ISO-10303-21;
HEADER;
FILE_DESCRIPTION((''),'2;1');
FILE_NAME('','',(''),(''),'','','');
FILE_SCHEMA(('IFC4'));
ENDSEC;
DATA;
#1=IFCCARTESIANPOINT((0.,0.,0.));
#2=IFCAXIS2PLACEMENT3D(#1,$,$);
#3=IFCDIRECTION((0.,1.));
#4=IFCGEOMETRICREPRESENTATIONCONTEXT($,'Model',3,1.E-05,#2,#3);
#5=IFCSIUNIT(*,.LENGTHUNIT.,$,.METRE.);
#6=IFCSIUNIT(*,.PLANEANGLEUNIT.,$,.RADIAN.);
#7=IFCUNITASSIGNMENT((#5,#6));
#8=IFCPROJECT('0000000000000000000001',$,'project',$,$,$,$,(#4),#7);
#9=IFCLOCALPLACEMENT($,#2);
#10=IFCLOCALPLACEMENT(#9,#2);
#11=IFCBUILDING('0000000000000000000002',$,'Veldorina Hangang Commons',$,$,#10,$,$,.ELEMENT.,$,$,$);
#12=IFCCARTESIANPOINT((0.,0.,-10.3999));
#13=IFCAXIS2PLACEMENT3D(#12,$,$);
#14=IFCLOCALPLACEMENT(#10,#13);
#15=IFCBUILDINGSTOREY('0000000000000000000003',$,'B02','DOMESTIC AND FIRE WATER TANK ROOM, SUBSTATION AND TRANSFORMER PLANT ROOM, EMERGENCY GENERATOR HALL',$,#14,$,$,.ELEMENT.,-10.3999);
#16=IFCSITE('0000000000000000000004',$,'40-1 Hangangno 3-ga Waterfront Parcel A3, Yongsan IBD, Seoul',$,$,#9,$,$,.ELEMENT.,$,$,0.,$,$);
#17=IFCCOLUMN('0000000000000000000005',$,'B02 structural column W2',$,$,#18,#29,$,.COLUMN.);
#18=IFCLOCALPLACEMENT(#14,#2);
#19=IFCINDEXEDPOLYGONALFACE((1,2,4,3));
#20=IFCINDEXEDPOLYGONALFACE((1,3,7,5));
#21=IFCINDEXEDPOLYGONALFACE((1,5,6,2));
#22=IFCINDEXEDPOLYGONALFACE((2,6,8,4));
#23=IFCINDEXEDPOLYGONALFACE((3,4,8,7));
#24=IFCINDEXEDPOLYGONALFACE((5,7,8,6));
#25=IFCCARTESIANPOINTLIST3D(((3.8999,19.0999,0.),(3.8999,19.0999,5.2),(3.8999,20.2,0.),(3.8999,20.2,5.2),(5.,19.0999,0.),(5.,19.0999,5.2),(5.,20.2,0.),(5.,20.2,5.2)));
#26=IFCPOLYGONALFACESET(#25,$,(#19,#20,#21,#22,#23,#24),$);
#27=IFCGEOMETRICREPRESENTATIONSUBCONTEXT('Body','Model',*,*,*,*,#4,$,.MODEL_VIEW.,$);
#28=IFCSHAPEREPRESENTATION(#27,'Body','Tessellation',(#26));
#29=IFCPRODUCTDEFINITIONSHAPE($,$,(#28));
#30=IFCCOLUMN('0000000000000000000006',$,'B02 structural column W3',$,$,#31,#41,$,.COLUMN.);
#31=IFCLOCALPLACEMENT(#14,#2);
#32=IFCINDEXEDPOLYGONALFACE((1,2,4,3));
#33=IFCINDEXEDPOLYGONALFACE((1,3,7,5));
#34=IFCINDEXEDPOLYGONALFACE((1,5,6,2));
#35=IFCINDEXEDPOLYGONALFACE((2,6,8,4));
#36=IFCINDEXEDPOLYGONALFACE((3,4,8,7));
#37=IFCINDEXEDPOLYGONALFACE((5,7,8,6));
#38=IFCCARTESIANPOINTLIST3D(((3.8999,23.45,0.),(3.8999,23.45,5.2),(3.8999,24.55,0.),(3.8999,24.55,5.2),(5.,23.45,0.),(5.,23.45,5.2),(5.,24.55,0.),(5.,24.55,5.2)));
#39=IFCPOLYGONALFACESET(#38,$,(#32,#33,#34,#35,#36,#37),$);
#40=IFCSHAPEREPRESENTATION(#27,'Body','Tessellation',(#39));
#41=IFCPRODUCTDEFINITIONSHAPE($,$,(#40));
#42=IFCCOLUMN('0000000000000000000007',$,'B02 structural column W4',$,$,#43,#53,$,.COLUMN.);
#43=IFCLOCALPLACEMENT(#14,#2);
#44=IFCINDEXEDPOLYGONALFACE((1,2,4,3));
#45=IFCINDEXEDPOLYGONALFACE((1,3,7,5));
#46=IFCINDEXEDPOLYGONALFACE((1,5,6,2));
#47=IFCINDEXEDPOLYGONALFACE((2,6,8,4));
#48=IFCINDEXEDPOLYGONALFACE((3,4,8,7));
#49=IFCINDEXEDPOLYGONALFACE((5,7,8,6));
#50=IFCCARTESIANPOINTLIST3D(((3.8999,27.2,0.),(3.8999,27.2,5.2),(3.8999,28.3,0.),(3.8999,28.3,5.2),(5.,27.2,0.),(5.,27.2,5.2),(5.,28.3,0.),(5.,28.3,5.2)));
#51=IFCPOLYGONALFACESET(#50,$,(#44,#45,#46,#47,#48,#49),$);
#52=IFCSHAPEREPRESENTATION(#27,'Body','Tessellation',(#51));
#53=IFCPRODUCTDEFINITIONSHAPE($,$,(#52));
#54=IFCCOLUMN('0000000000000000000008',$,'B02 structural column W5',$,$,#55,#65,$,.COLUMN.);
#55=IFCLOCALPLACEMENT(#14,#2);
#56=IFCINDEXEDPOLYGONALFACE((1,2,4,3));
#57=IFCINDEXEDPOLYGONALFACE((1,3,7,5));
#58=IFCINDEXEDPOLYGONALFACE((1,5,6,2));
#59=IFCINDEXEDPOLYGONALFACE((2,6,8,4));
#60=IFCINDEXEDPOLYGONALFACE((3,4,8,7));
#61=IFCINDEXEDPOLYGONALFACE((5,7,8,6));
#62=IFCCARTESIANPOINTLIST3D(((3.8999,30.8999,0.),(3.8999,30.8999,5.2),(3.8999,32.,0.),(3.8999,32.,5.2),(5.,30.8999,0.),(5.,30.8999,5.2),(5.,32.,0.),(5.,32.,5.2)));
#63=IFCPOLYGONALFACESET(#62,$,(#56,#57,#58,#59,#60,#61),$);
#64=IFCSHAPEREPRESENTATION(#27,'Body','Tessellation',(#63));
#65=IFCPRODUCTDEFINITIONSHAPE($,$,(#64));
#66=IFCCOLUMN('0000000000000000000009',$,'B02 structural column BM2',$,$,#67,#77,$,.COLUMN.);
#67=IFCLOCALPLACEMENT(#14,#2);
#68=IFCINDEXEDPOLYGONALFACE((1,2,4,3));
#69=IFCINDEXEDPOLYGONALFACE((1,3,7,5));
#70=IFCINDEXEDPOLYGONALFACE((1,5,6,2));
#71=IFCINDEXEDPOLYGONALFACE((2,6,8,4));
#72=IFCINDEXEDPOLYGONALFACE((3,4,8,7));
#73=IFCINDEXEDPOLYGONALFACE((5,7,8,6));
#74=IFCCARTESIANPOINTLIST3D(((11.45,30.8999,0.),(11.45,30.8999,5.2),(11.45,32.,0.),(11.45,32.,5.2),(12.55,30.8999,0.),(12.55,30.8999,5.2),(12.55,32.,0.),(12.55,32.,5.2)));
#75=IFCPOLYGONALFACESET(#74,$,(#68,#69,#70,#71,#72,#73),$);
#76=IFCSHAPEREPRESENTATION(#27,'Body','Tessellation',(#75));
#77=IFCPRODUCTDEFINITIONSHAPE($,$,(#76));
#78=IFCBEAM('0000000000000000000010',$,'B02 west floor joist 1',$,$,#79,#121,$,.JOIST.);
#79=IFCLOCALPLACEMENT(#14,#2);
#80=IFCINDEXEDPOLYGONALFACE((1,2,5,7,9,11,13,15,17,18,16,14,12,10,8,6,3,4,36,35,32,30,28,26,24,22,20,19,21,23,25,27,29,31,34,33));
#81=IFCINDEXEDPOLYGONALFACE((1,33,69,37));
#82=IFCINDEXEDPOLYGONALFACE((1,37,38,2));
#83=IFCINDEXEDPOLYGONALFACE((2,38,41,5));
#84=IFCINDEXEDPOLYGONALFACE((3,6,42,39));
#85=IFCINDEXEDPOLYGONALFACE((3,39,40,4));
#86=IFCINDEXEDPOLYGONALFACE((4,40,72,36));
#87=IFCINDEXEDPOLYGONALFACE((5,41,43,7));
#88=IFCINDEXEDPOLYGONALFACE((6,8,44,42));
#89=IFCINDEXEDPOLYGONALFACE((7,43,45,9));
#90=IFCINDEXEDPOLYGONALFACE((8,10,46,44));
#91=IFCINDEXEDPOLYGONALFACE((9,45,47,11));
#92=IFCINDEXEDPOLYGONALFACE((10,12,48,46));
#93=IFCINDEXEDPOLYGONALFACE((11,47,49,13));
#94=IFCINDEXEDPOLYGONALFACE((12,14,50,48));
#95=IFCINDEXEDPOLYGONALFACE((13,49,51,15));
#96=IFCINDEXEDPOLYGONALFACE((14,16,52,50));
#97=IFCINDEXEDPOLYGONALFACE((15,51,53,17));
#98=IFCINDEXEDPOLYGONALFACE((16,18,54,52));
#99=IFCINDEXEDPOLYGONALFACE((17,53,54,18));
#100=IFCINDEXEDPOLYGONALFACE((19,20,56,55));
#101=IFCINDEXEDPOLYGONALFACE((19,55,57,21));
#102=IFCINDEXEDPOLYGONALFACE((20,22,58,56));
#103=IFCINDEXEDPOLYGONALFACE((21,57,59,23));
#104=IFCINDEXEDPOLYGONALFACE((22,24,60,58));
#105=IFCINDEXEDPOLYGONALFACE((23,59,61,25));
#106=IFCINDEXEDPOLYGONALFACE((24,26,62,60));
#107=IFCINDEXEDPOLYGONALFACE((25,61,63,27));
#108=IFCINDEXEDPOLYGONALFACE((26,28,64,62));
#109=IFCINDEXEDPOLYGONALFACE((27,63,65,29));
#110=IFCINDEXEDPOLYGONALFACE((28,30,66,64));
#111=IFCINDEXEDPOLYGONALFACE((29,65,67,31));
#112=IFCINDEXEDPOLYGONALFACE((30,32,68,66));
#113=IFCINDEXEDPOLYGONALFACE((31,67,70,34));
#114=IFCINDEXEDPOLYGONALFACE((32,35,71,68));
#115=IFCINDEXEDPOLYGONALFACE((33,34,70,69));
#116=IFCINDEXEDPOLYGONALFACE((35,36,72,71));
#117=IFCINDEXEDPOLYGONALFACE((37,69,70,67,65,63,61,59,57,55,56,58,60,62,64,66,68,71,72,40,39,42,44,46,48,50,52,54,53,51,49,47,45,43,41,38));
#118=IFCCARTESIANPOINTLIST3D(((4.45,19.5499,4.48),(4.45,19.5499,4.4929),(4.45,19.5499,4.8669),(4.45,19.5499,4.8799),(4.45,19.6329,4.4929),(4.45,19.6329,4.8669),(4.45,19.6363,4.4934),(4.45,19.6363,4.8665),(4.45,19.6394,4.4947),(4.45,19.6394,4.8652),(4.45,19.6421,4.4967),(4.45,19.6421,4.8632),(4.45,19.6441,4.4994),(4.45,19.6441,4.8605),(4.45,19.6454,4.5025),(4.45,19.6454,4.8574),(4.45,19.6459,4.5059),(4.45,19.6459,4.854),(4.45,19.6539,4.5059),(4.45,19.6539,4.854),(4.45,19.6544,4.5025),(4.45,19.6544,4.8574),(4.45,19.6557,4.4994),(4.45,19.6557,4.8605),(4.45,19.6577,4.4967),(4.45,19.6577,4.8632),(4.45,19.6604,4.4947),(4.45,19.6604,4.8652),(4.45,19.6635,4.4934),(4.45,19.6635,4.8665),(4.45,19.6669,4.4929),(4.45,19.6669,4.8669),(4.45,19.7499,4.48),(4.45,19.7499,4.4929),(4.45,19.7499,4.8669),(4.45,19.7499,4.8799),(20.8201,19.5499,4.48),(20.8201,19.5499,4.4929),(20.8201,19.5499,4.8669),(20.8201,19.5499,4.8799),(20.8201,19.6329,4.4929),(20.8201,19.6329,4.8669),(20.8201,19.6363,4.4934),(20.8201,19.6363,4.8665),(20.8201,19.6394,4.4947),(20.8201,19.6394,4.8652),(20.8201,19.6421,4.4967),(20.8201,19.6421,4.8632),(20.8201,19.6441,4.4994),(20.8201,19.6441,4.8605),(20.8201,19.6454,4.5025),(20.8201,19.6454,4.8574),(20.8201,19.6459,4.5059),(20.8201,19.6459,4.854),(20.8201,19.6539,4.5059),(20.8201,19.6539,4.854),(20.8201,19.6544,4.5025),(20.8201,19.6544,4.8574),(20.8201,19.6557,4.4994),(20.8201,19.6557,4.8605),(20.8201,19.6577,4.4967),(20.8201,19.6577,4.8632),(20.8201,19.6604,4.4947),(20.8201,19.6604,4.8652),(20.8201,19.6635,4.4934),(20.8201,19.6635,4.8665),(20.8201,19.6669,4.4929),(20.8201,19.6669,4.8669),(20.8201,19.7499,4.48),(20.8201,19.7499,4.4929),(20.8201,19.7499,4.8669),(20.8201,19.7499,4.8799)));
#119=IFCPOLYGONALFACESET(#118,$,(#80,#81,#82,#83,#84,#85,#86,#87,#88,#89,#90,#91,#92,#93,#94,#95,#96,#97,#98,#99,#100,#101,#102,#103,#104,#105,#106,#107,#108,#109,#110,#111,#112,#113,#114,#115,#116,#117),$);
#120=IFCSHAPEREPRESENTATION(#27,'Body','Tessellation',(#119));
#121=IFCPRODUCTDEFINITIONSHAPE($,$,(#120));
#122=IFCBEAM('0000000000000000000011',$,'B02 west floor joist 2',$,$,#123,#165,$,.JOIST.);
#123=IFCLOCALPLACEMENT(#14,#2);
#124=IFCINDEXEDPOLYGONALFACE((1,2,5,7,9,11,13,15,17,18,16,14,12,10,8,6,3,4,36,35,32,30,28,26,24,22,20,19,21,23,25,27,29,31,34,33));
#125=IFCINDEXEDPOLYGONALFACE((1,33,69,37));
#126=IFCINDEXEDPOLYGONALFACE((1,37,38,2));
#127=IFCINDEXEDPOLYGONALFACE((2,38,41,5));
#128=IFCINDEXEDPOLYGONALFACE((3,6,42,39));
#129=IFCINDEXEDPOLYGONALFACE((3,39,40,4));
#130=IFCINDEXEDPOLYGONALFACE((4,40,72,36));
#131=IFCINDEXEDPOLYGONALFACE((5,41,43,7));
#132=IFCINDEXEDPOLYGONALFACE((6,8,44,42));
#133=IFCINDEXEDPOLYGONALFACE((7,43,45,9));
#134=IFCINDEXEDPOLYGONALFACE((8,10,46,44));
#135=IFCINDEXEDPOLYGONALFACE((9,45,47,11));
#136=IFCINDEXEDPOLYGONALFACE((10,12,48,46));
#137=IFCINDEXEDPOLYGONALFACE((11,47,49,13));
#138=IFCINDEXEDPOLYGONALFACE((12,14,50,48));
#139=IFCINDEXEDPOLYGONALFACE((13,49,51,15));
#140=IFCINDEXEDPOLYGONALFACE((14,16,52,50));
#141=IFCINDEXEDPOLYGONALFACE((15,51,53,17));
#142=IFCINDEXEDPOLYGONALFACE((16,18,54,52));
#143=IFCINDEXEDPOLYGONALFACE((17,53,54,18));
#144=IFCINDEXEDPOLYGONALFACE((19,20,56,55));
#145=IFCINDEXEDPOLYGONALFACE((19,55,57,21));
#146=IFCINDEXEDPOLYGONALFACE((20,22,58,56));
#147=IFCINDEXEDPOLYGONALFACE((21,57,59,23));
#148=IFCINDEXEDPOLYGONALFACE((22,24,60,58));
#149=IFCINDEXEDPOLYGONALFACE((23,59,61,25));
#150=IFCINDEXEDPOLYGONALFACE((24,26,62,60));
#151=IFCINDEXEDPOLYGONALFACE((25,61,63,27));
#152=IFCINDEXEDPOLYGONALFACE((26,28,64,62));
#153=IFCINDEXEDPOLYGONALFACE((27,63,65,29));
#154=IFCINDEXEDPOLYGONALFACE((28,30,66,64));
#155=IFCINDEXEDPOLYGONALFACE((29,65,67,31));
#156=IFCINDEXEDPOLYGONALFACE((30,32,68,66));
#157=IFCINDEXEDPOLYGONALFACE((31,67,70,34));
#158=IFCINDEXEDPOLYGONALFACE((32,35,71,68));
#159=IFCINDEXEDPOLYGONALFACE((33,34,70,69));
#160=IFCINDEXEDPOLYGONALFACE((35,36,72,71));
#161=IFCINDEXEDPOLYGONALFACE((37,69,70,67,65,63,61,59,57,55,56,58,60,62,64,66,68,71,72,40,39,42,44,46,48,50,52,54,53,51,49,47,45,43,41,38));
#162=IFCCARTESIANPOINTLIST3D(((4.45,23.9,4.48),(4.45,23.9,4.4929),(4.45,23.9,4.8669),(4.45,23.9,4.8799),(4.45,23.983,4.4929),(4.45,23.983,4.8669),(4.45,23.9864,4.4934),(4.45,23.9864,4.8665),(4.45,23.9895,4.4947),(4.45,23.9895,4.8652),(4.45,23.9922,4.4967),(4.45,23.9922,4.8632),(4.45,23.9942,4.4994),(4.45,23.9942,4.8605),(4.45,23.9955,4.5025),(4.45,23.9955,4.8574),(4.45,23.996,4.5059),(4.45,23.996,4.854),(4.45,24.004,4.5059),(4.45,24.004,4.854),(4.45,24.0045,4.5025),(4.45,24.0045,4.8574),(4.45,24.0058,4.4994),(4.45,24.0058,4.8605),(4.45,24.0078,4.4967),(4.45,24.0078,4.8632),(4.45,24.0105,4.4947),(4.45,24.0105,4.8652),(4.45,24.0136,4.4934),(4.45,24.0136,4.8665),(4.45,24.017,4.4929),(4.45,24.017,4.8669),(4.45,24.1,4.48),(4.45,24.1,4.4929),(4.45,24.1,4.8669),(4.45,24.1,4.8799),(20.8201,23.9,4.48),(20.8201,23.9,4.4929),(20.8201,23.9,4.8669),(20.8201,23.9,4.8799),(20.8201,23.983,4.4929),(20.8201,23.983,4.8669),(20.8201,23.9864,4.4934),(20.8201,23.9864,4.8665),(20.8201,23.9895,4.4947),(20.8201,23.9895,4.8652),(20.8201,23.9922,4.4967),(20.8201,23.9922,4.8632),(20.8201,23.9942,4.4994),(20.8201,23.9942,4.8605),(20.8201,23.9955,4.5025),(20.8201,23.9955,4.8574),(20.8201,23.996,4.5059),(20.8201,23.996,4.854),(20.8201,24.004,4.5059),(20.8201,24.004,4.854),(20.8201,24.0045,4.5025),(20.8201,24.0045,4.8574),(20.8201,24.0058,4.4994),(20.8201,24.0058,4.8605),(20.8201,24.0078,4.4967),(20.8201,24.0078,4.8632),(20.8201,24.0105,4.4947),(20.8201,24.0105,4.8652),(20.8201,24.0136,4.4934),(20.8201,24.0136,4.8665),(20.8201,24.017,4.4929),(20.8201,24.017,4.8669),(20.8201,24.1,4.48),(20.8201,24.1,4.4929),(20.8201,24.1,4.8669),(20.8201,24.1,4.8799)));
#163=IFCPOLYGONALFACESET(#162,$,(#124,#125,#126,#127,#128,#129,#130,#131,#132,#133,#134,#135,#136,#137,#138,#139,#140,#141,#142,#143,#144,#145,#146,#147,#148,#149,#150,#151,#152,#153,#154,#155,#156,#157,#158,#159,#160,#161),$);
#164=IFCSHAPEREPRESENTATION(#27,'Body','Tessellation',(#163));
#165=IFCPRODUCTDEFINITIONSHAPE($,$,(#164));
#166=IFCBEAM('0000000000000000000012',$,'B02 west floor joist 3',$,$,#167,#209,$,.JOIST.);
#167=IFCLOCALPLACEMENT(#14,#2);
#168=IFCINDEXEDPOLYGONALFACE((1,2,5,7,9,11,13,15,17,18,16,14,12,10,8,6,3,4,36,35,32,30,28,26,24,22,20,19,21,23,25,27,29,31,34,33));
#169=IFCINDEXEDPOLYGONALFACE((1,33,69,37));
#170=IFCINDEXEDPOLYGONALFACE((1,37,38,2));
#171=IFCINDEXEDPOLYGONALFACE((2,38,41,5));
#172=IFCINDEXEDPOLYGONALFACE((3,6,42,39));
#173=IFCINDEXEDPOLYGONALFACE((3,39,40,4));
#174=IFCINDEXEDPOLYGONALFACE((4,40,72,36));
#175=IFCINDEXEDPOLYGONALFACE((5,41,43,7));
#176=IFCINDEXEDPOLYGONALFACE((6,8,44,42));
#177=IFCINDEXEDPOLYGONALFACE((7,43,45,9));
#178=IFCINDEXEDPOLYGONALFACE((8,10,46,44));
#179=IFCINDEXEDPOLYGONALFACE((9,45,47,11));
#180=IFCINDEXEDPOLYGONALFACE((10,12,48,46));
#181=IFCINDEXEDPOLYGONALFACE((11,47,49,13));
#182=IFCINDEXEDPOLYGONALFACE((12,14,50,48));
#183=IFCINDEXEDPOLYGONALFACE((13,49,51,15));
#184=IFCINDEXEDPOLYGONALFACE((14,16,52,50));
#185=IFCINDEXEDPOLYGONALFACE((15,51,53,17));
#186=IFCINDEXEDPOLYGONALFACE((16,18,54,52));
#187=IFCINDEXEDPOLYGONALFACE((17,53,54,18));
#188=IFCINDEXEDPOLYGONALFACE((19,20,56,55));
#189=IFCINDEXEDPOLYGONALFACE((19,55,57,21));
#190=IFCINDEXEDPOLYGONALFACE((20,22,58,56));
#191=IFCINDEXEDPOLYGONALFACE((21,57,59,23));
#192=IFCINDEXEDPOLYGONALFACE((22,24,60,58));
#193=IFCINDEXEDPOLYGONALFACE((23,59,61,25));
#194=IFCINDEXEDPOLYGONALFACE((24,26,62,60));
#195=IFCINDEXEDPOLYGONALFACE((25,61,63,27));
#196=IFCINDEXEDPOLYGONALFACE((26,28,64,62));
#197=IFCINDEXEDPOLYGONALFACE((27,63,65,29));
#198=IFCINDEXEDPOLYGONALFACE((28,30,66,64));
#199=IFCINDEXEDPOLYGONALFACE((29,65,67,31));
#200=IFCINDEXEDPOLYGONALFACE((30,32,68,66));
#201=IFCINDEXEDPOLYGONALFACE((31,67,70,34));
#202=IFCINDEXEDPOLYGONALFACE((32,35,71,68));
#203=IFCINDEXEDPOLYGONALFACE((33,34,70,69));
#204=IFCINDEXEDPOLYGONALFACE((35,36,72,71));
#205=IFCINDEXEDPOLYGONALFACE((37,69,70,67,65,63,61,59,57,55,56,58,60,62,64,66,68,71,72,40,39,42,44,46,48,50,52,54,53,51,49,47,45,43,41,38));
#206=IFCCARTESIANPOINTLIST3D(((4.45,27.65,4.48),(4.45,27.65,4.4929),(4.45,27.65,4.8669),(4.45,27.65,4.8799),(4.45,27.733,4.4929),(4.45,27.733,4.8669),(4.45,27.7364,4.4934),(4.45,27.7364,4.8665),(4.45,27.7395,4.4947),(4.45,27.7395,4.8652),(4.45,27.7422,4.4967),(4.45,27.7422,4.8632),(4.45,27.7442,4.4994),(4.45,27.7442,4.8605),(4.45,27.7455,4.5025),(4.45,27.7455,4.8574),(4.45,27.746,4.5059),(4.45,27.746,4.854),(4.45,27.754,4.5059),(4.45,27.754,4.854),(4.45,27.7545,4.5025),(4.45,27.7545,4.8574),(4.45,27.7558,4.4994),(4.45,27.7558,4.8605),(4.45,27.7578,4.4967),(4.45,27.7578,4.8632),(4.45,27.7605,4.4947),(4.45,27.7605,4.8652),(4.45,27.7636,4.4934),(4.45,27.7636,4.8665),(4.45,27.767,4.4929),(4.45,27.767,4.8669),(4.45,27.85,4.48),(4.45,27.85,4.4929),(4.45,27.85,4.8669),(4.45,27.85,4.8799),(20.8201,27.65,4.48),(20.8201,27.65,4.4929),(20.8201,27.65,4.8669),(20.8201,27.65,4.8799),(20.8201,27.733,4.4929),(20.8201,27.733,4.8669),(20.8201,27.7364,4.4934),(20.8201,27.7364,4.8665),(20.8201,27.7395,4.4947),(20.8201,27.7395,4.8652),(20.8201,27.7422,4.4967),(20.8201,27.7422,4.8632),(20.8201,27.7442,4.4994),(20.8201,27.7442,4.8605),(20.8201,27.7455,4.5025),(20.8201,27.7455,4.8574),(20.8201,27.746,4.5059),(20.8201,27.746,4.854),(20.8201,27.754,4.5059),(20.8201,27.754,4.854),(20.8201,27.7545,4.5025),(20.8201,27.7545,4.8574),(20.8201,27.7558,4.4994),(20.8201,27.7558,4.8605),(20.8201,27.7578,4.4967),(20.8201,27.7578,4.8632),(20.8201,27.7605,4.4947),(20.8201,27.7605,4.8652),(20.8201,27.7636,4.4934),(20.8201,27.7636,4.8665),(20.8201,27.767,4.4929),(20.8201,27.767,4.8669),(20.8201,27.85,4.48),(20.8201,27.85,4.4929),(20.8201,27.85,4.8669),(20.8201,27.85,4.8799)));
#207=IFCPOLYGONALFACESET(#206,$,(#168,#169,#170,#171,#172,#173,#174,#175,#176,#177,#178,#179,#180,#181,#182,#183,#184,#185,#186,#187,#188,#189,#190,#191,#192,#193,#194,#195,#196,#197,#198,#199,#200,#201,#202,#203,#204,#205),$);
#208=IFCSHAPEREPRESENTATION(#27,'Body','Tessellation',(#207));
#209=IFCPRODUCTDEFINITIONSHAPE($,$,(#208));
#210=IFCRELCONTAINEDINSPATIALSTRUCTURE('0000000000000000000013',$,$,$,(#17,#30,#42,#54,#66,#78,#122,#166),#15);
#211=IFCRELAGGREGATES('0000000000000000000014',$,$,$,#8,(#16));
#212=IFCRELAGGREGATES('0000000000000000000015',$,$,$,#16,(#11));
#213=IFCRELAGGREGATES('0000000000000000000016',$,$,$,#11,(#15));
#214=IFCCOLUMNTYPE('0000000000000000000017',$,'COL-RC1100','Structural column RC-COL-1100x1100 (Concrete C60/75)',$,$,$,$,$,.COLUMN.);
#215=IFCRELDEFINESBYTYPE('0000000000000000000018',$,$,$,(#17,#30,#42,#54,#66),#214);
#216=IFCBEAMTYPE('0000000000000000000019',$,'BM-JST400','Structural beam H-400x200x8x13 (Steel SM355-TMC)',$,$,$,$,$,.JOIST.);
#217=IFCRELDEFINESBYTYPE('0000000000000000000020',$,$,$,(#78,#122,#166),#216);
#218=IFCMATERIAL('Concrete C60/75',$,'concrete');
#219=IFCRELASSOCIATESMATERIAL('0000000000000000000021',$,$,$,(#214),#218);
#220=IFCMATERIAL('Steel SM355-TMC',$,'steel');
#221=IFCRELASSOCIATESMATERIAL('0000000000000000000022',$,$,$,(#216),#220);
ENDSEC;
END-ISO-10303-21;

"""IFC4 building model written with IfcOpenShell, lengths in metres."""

from ifc_helpers import new_model, si_unit, direction, frame, origin, origin_2d, place, context, subcontext, project, spatial, rectangle, i_section, extrude, material, material_profile, profile_set, type_object, element, save


model = new_model("IFC4")

# Units and contexts
model_context = context("Model", 3, precision=1e-05, world=origin(), true_north=direction((0.0, 1.0)))
body_context = subcontext(model_context, "Body", "Model", "MODEL_VIEW")
ifc_project = project(units=[si_unit("LENGTHUNIT", "METRE"), si_unit("PLANEANGLEUNIT", "RADIAN")], contexts=[model_context])

# Site, building, storey
site_placement = place(None, origin())
site = spatial("IfcSite", under=ifc_project, at=site_placement, Name="40-1 Hangangno 3-ga Waterfront Parcel A3, Yongsan IBD, Seoul", CompositionType="ELEMENT", RefElevation=0.0)
building_placement = place(site_placement, origin())
building = spatial("IfcBuilding", under=site, at=building_placement, Name="Veldorina Hangang Commons", CompositionType="ELEMENT")
storey_placement = place(building_placement, frame((0.0, 0.0, -10.3999)))
storey = spatial("IfcBuildingStorey", under=building, at=storey_placement, Name="B02", Description="DOMESTIC AND FIRE WATER TANK ROOM, SUBSTATION AND TRANSFORMER PLANT ROOM, EMERGENCY GENERATOR HALL", CompositionType="ELEMENT", Elevation=-10.3999)

# Columns
ifc_material_1 = material(Name="Steel SM355-TMC", Category="steel")
ifc_material_2 = material(Name="Concrete C60/75", Category="concrete")
ifc_material_profile_1 = material_profile(ifc_material_2, rectangle(XDim=1.1001, YDim=1.1001, at=origin_2d()), Name="RC-COL-1100x1100")
ifc_profile_set_1 = profile_set([ifc_material_profile_1], Name="Concrete C60/75")
column_type_1 = type_object("IfcColumnType", Name="COL-RC1100", Description="Structural column RC-COL-1100x1100 (Concrete C60/75)", PredefinedType="COLUMN", material=ifc_profile_set_1)
for number, where, z_axis, x_axis, name in (
    (1, (4.45, 19.6499, 0.0), (0.0, 0.0, 1.0), (1.0, 0.0, 0.0), "B02 structural column W2"),
    (2, (4.45, 24.0, 0.0), (0.0, 0.0, 1.0), (1.0, 0.0, 0.0), "B02 structural column W3"),
    (3, (4.45, 27.75, 0.0), (0.0, 0.0, 1.0), (1.0, 0.0, 0.0), "B02 structural column W4"),
    (4, (4.45, 31.45, 0.0), (0.0, 0.0, 1.0), (1.0, 0.0, 0.0), "B02 structural column W5"),
    (5, (12.0, 31.45, 0.0), (0.0, 0.0, 1.0), (1.0, 0.0, 0.0), "B02 structural column BM2"),
):
    element("IfcColumn", number, at=place(storey_placement, frame(where, z_axis=z_axis, x_axis=x_axis)), inside=storey, type_object=column_type_1, Name=name, PredefinedType="COLUMN", context=body_context, shape_type="SweptSolid", body=[
        extrude(rectangle(XDim=1.1001, YDim=1.1001, at=origin_2d()), origin(), (0.0, 0.0, 1.0), 5.2),
    ])

# Beams
ifc_material_profile_2 = material_profile(ifc_material_1, i_section(OverallWidth=0.2, OverallDepth=0.3999, WebThickness=0.0081, FlangeThickness=0.0129, FilletRadius=0.0129, at=origin_2d()), Name="H-400x200x8x13")
ifc_profile_set_2 = profile_set([ifc_material_profile_2], Name="Steel SM355-TMC")
beam_type_1 = type_object("IfcBeamType", Name="BM-JST400", Description="Structural beam H-400x200x8x13 (Steel SM355-TMC)", PredefinedType="JOIST", material=ifc_profile_set_2)
for number, where, z_axis, x_axis, name in (
    (6, (4.45, 19.6499, 4.6799), (1.0, 0.0, 0.0), (0.0, 1.0, 0.0), "B02 west floor joist 1"),
    (7, (4.45, 24.0, 4.6799), (1.0, 0.0, 0.0), (0.0, 1.0, 0.0), "B02 west floor joist 2"),
    (8, (4.45, 27.75, 4.6799), (1.0, 0.0, 0.0), (0.0, 1.0, 0.0), "B02 west floor joist 3"),
):
    element("IfcBeam", number, at=place(storey_placement, frame(where, z_axis=z_axis, x_axis=x_axis)), inside=storey, type_object=beam_type_1, Name=name, PredefinedType="JOIST", context=body_context, shape_type="SweptSolid", body=[
        extrude(i_section(OverallWidth=0.2, OverallDepth=0.3999, WebThickness=0.0081, FlangeThickness=0.0129, FilletRadius=0.0129, at=origin_2d()), origin(), (0.0, 0.0, 1.0), 16.3701),
    ])

save(model, "model.ifc")
